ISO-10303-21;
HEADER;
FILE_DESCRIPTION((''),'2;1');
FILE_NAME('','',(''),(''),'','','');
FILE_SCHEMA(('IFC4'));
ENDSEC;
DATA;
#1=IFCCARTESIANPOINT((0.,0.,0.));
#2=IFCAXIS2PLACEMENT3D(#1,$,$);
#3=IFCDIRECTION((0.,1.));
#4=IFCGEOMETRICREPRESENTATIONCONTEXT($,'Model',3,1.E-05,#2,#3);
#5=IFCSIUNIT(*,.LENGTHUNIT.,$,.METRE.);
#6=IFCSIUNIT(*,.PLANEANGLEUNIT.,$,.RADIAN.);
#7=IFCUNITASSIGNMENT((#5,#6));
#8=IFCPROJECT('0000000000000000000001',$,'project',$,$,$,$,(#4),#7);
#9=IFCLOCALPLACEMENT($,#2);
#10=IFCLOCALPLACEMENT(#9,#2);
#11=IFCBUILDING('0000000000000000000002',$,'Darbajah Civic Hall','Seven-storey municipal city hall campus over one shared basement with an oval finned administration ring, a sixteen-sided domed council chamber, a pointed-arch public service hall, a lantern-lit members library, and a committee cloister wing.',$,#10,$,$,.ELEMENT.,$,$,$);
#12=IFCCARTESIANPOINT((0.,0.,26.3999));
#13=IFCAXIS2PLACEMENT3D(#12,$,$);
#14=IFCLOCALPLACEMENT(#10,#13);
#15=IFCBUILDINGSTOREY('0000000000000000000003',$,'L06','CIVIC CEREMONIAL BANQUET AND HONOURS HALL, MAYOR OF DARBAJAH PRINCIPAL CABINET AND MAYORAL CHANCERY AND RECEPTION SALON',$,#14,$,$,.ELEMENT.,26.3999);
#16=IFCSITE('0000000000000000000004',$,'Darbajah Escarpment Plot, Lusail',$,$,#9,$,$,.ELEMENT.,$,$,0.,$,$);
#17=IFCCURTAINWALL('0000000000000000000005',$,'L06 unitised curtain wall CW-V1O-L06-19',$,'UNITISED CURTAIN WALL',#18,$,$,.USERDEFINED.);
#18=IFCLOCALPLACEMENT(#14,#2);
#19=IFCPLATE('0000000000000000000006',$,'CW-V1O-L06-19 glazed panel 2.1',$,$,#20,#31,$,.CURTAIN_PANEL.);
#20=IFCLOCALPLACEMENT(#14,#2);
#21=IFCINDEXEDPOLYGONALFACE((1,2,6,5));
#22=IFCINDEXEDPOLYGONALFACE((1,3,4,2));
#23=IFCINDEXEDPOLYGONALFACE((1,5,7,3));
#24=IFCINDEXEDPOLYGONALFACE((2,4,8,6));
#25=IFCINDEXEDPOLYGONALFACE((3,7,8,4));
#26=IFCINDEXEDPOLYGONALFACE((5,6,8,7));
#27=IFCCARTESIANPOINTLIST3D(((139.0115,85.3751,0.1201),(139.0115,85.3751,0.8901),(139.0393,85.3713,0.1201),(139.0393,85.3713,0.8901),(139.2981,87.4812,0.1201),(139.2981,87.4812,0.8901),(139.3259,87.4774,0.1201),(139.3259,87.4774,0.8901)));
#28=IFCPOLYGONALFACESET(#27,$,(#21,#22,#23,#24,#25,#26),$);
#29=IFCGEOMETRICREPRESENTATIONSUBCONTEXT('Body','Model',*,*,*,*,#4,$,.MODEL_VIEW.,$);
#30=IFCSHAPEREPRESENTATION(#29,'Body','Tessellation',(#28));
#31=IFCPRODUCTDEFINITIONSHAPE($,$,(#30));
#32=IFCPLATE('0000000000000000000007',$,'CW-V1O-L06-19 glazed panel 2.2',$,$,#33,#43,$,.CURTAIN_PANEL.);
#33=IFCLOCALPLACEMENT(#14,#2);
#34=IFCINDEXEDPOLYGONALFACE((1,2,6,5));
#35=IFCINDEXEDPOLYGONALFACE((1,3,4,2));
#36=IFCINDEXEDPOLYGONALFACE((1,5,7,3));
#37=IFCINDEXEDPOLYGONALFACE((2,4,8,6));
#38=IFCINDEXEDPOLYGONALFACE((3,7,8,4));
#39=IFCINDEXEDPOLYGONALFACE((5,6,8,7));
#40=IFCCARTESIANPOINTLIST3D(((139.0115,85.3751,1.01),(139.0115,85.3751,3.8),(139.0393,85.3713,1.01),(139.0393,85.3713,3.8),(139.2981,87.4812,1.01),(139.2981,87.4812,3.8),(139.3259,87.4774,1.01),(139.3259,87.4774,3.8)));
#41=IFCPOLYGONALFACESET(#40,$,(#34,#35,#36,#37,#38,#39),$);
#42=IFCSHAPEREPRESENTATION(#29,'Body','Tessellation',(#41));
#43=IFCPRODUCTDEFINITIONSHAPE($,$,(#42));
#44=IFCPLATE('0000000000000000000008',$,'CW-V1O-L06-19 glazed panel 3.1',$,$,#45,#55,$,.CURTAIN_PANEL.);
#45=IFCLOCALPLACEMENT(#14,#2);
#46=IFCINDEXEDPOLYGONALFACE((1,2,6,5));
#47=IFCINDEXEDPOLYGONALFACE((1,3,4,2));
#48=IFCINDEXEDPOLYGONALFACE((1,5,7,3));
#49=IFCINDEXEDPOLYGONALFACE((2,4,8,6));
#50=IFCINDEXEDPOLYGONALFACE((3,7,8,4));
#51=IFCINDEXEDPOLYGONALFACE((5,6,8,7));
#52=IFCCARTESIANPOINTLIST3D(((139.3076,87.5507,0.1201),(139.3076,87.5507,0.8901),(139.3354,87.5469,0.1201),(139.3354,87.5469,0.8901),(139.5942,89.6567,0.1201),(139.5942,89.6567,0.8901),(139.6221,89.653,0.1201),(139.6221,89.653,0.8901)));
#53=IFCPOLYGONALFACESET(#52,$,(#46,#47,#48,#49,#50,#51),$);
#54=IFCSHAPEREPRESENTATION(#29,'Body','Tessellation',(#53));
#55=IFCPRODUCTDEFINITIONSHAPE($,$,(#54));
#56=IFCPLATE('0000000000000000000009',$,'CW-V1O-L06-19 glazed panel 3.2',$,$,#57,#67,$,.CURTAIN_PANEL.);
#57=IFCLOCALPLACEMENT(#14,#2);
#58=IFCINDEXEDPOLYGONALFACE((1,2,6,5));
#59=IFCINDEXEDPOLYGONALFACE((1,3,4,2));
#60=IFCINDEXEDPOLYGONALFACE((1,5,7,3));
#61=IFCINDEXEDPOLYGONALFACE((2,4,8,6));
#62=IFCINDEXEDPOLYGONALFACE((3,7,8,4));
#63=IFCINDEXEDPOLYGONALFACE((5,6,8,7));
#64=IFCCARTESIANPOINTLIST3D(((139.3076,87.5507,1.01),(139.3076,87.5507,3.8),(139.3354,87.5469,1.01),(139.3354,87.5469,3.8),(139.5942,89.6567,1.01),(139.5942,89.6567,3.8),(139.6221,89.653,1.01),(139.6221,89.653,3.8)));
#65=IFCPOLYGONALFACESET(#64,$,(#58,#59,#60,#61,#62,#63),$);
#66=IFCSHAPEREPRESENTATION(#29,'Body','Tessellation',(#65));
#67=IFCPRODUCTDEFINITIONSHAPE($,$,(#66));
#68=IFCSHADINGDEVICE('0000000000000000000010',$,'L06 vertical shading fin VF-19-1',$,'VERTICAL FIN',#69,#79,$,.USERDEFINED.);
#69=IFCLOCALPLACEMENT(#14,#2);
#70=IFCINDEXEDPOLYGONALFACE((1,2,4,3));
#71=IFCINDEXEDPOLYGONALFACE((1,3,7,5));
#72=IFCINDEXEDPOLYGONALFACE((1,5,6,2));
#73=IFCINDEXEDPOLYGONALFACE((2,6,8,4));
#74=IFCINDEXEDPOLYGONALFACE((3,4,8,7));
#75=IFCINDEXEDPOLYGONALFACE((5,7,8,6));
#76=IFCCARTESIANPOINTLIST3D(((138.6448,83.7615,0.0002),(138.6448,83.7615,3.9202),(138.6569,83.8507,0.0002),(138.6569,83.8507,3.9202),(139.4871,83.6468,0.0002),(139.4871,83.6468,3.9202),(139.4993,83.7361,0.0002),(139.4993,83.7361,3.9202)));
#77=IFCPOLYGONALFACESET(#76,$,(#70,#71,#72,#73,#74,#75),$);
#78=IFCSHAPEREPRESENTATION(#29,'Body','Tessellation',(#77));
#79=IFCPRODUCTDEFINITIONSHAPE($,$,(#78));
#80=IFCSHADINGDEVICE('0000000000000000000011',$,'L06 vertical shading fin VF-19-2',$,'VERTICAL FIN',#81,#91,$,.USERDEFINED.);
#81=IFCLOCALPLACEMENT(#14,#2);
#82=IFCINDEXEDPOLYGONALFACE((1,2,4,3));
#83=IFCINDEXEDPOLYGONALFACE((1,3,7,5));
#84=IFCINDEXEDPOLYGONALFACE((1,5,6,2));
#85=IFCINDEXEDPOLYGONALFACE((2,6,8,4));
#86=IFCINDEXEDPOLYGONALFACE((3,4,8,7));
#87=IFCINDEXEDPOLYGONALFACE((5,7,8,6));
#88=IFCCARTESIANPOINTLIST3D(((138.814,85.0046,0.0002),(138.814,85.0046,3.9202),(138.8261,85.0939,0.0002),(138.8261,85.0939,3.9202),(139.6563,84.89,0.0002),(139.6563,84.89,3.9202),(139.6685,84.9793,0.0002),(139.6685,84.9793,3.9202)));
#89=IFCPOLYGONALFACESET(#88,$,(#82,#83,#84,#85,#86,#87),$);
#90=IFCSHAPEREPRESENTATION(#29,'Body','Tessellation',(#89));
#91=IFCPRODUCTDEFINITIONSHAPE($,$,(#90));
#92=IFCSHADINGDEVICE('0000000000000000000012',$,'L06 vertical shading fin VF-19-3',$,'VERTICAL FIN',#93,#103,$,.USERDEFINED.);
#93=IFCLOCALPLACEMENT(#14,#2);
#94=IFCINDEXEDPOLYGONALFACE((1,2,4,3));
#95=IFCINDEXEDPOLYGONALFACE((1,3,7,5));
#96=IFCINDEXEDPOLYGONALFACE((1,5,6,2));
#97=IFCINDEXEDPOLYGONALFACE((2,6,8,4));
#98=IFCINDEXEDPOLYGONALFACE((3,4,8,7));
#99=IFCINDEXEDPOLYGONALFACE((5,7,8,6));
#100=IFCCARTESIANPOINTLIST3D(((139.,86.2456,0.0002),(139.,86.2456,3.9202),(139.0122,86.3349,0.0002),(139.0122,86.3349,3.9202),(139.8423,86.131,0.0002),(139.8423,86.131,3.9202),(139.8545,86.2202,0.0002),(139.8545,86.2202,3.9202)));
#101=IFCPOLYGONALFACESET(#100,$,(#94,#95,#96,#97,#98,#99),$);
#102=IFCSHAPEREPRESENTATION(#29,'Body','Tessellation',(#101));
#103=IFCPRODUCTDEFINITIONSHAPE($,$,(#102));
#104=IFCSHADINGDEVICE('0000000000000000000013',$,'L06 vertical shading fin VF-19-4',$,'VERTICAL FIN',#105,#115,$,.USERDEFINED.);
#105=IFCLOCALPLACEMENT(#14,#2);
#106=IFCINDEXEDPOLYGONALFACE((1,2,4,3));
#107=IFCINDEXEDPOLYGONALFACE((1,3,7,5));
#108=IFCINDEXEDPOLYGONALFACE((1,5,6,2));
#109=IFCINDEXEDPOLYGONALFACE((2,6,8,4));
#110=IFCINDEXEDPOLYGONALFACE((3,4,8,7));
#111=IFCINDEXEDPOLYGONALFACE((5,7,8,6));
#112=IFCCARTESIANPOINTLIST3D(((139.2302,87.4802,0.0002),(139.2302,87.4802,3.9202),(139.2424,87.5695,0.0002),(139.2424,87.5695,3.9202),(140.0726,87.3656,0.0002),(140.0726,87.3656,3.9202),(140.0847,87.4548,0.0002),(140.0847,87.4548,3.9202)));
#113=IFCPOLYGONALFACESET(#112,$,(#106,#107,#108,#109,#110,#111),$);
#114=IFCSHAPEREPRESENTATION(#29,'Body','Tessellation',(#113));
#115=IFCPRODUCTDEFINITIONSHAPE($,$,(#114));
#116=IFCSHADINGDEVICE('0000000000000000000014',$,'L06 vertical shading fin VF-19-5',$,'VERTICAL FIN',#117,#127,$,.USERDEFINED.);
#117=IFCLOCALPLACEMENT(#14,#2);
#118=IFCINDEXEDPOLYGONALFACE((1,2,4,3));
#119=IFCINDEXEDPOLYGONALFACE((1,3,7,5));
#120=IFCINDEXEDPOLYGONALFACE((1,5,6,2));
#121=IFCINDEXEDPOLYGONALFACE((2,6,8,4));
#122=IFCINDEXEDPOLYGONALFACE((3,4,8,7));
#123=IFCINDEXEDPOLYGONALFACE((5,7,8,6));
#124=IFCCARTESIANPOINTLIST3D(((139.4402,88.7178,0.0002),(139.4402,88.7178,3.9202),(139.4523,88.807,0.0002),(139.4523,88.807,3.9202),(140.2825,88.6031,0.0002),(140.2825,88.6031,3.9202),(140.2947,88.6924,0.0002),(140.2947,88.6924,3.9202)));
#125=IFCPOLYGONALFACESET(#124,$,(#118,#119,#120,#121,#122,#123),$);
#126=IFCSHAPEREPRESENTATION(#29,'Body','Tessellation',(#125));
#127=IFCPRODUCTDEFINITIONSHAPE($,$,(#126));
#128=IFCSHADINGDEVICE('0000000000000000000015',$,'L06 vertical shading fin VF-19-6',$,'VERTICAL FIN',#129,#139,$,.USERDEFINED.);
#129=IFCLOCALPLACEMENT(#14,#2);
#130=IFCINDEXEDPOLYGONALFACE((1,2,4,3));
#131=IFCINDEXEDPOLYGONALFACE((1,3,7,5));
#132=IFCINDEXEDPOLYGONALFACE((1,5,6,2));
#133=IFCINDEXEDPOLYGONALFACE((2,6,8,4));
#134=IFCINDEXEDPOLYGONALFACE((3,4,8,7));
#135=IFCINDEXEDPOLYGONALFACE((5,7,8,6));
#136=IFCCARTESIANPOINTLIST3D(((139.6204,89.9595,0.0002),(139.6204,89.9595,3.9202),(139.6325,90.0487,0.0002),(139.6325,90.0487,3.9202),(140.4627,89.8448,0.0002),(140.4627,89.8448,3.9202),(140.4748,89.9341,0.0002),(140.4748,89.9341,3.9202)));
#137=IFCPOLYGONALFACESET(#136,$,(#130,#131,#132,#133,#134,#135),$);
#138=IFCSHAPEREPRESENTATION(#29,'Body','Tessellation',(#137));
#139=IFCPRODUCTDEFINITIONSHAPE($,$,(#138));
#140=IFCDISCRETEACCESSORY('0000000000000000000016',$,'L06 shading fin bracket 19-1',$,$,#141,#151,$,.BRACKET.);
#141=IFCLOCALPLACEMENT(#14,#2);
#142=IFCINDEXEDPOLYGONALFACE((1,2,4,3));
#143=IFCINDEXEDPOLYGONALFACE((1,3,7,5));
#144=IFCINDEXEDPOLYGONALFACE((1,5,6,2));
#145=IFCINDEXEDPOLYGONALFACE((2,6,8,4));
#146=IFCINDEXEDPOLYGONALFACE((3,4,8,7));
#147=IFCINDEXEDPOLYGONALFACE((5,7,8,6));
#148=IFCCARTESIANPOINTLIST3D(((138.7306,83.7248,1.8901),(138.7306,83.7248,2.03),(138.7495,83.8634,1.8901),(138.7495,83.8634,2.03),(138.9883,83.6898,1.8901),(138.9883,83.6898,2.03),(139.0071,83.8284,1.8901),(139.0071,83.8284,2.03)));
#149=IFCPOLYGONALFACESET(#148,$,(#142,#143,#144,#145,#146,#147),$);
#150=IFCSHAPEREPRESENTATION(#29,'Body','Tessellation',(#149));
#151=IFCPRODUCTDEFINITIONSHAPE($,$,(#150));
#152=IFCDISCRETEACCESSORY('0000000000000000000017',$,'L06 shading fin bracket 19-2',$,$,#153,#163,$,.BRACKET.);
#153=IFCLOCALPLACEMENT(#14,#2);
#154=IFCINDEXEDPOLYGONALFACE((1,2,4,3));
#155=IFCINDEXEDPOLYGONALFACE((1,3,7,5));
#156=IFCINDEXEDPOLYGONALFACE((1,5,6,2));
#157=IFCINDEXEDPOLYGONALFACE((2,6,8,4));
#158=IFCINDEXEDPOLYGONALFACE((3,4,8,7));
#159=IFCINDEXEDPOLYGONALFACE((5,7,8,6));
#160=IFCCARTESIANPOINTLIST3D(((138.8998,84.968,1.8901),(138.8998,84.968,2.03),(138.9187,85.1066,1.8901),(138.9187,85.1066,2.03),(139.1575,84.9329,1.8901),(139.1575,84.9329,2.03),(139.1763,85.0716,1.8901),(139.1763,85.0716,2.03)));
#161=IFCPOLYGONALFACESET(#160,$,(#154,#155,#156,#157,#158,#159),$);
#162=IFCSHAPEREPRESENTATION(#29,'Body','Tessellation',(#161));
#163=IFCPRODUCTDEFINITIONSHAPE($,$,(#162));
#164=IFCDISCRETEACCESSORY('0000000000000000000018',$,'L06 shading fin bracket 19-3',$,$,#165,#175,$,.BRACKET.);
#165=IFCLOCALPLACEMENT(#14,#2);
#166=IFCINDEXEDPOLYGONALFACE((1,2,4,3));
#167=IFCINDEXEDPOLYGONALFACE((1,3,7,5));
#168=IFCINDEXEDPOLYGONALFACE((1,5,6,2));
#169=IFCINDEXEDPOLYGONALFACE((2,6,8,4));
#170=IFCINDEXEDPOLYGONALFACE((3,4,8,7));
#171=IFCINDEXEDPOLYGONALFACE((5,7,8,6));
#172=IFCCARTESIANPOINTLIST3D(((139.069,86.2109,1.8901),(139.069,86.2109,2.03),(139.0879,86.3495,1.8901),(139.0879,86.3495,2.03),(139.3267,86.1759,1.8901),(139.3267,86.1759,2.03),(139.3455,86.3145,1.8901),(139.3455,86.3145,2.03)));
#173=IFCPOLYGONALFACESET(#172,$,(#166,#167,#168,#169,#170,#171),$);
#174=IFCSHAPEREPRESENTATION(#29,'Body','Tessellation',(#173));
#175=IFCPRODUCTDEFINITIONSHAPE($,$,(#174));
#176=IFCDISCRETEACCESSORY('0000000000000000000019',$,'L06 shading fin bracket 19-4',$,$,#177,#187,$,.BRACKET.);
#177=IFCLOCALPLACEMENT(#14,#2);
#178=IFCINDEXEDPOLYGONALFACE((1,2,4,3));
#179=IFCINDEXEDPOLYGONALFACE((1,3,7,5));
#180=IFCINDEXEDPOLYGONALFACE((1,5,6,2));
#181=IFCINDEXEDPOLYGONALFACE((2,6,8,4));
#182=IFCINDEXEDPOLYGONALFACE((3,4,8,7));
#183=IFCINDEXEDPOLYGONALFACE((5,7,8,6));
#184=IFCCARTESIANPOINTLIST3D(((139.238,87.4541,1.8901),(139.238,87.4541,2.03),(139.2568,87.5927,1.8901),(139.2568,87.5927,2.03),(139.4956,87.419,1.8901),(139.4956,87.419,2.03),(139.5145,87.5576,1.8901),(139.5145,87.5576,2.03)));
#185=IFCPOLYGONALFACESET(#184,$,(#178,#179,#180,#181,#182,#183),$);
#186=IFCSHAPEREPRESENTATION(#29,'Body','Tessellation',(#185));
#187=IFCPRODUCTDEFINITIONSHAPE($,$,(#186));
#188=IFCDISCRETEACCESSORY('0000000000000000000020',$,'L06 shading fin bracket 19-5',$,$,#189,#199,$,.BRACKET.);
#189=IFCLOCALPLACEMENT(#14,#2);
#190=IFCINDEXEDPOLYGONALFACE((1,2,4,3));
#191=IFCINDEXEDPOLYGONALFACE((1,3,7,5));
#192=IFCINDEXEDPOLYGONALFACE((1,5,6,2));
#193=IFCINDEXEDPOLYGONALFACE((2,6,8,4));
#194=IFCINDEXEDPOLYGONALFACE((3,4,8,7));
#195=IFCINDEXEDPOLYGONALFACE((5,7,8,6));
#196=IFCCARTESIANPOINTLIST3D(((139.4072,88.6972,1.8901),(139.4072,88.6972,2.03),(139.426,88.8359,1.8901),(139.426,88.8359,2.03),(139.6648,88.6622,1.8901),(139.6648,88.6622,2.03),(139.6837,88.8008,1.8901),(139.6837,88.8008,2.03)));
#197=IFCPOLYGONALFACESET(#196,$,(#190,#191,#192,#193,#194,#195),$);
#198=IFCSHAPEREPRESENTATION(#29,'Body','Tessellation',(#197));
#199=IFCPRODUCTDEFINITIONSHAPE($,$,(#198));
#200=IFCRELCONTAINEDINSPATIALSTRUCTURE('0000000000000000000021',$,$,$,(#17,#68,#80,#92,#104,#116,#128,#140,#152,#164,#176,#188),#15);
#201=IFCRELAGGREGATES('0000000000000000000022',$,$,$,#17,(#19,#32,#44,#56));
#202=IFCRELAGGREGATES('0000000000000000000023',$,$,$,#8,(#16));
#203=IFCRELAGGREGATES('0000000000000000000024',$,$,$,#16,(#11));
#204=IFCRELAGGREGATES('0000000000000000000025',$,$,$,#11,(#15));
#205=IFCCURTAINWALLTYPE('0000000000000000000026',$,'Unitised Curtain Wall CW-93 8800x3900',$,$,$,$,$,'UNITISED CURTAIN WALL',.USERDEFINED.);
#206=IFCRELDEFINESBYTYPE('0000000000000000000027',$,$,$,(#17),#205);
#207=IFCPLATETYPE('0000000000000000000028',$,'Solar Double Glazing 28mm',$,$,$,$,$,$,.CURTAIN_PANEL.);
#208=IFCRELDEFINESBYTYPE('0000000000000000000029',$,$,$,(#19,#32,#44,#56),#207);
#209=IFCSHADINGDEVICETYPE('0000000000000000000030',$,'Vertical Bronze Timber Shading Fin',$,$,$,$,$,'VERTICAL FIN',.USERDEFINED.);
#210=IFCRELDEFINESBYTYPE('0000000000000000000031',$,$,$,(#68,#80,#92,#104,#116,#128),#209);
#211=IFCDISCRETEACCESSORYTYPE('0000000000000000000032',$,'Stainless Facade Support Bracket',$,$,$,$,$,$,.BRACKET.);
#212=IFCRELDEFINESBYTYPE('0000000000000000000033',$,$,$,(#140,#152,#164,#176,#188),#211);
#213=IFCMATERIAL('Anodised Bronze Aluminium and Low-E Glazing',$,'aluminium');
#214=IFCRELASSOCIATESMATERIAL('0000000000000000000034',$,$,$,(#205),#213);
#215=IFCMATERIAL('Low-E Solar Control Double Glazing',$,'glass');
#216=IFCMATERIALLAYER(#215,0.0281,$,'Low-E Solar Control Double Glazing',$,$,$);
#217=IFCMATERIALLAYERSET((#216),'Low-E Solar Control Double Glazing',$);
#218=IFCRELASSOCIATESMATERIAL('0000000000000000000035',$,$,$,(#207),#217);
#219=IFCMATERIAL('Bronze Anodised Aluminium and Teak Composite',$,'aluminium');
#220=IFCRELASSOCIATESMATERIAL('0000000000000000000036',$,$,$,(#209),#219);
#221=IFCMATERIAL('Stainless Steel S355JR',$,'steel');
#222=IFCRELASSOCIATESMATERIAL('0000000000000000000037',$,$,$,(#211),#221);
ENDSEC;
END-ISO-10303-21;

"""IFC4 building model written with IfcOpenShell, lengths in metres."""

from ifc_helpers import new_model, si_unit, direction, frame, origin, origin_2d, place, context, subcontext, project, spatial, rectangle, extrude, material, layer, layer_set, type_object, element, aggregate, save


model = new_model("IFC4")

# Units and contexts
model_context = context("Model", 3, precision=1e-05, world=origin(), true_north=direction((0.0, 1.0)))
body_context = subcontext(model_context, "Body", "Model", "MODEL_VIEW")
ifc_project = project(units=[si_unit("LENGTHUNIT", "METRE"), si_unit("PLANEANGLEUNIT", "RADIAN")], contexts=[model_context])

# Site, building, storey
site_placement = place(None, origin())
site = spatial("IfcSite", under=ifc_project, at=site_placement, Name="Darbajah Escarpment Plot, Lusail", CompositionType="ELEMENT", RefElevation=0.0)
building_placement = place(site_placement, origin())
building = spatial("IfcBuilding", under=site, at=building_placement, Name="Darbajah Civic Hall", Description="Seven-storey municipal city hall campus over one shared basement with an oval finned administration ring, a sixteen-sided domed council chamber, a pointed-arch public service hall, a lantern-lit members library, and a committee cloister wing.", CompositionType="ELEMENT")
storey_placement = place(building_placement, frame((0.0, 0.0, 26.3999)))
storey = spatial("IfcBuildingStorey", under=building, at=storey_placement, Name="L06", Description="CIVIC CEREMONIAL BANQUET AND HONOURS HALL, MAYOR OF DARBAJAH PRINCIPAL CABINET AND MAYORAL CHANCERY AND RECEPTION SALON", CompositionType="ELEMENT", Elevation=26.3999)

# Curtain wall
ifc_material_1 = material(Name="Anodised Bronze Aluminium and Low-E Glazing", Category="aluminium")
curtain_wall_type_1 = type_object("IfcCurtainWallType", Name="Unitised Curtain Wall CW-93 8800x3900", ElementType="UNITISED CURTAIN WALL", PredefinedType="USERDEFINED", material=ifc_material_1)
curtain_wall_1_placement = place(storey_placement, origin())
curtain_wall_1 = element("IfcCurtainWall", 1, at=curtain_wall_1_placement, inside=storey, type_object=curtain_wall_type_1, Name="L06 unitised curtain wall CW-V1O-L06-19", ObjectType="UNITISED CURTAIN WALL", PredefinedType="USERDEFINED")

# Plates
ifc_material_2 = material(Name="Low-E Solar Control Double Glazing", Category="glass")
ifc_layer = layer(ifc_material_2, 0.0281, Name="Low-E Solar Control Double Glazing")
ifc_layer_set = layer_set([ifc_layer], Name="Low-E Solar Control Double Glazing")
plate_type = type_object("IfcPlateType", Name="Solar Double Glazing 28mm", PredefinedType="CURTAIN_PANEL", material=ifc_layer_set)
plate_1_placement = place(storey_placement, frame((139.1687, 86.4263, 0.1201), z_axis=(0.0, 0.0, 1.0), x_axis=(0.134851, 0.990866, 0.0)))
plate_1 = element("IfcPlate", 2, at=plate_1_placement, type_object=plate_type, Name="CW-V1O-L06-19 glazed panel 2.1", PredefinedType="CURTAIN_PANEL", context=body_context, shape_type="SweptSolid", body=[
    extrude(rectangle(XDim=2.1255, YDim=0.0281, at=origin_2d()), origin(), (0.0, 0.0, 1.0), 0.77),
])
plate_2_placement = place(storey_placement, frame((139.1687, 86.4263, 1.01), z_axis=(0.0, 0.0, 1.0), x_axis=(0.134851, 0.990866, 0.0)))
plate_2 = element("IfcPlate", 3, at=plate_2_placement, type_object=plate_type, Name="CW-V1O-L06-19 glazed panel 2.2", PredefinedType="CURTAIN_PANEL", context=body_context, shape_type="SweptSolid", body=[
    extrude(rectangle(XDim=2.1255, YDim=0.0281, at=origin_2d()), origin(), (0.0, 0.0, 1.0), 2.79),
])
plate_3_placement = place(storey_placement, frame((139.4648, 88.6018, 0.1201), z_axis=(0.0, 0.0, 1.0), x_axis=(0.134851, 0.990866, 0.0)))
plate_3 = element("IfcPlate", 4, at=plate_3_placement, type_object=plate_type, Name="CW-V1O-L06-19 glazed panel 3.1", PredefinedType="CURTAIN_PANEL", context=body_context, shape_type="SweptSolid", body=[
    extrude(rectangle(XDim=2.1255, YDim=0.0281, at=origin_2d()), origin(), (0.0, 0.0, 1.0), 0.77),
])
plate_4_placement = place(storey_placement, frame((139.4648, 88.6018, 1.01), z_axis=(0.0, 0.0, 1.0), x_axis=(0.134851, 0.990866, 0.0)))
plate_4 = element("IfcPlate", 5, at=plate_4_placement, type_object=plate_type, Name="CW-V1O-L06-19 glazed panel 3.2", PredefinedType="CURTAIN_PANEL", context=body_context, shape_type="SweptSolid", body=[
    extrude(rectangle(XDim=2.1255, YDim=0.0281, at=origin_2d()), origin(), (0.0, 0.0, 1.0), 2.79),
])
aggregate(curtain_wall_1, [plate_1, plate_2, plate_3, plate_4])

# Shading devices
ifc_material_3 = material(Name="Bronze Anodised Aluminium and Teak Composite", Category="aluminium")
shading_device_type = type_object("IfcShadingDeviceType", Name="Vertical Bronze Timber Shading Fin", ElementType="VERTICAL FIN", PredefinedType="USERDEFINED", material=ifc_material_3)
for number, where, z_axis, x_axis, name in (
    (6, (139.072, 83.7488, 0.0002), (0.0, 0.0, 1.0), (0.990866, -0.134851, 0.0), "L06 vertical shading fin VF-19-1"),
    (7, (139.2412, 84.9919, 0.0002), (0.0, 0.0, 1.0), (0.990866, -0.134851, 0.0), "L06 vertical shading fin VF-19-2"),
    (8, (139.4272, 86.2329, 0.0002), (0.0, 0.0, 1.0), (0.990866, -0.134851, 0.0), "L06 vertical shading fin VF-19-3"),
    (9, (139.6575, 87.4675, 0.0002), (0.0, 0.0, 1.0), (0.990866, -0.134851, 0.0), "L06 vertical shading fin VF-19-4"),
    (10, (139.8674, 88.7051, 0.0002), (0.0, 0.0, 1.0), (0.990866, -0.134851, 0.0), "L06 vertical shading fin VF-19-5"),
    (11, (140.0476, 89.9468, 0.0002), (0.0, 0.0, 1.0), (0.990866, -0.134851, 0.0), "L06 vertical shading fin VF-19-6"),
):
    element("IfcShadingDevice", number, at=place(storey_placement, frame(where, z_axis=z_axis, x_axis=x_axis)), inside=storey, type_object=shading_device_type, Name=name, ObjectType="VERTICAL FIN", PredefinedType="USERDEFINED", context=body_context, shape_type="SweptSolid", body=[
        extrude(rectangle(XDim=0.8501, YDim=0.0901, at=origin_2d()), origin(), (0.0, 0.0, 1.0), 3.9199),
    ])

# Discrete accessories
ifc_material_4 = material(Name="Stainless Steel S355JR", Category="steel")
discrete_accessory_type = type_object("IfcDiscreteAccessoryType", Name="Stainless Facade Support Bracket", PredefinedType="BRACKET", material=ifc_material_4)
for number, where, z_axis, x_axis, name in (
    (12, (138.8689, 83.7766, 1.8901), (0.0, 0.0, 1.0), (0.990866, -0.134851, 0.0), "L06 shading fin bracket 19-1"),
    (13, (139.0381, 85.0198, 1.8901), (0.0, 0.0, 1.0), (0.990866, -0.134851, 0.0), "L06 shading fin bracket 19-2"),
    (14, (139.2073, 86.2627, 1.8901), (0.0, 0.0, 1.0), (0.990866, -0.134851, 0.0), "L06 shading fin bracket 19-3"),
    (15, (139.3762, 87.5059, 1.8901), (0.0, 0.0, 1.0), (0.990866, -0.134851, 0.0), "L06 shading fin bracket 19-4"),
    (16, (139.5454, 88.749, 1.8901), (0.0, 0.0, 1.0), (0.990866, -0.134851, 0.0), "L06 shading fin bracket 19-5"),
):
    element("IfcDiscreteAccessory", number, at=place(storey_placement, frame(where, z_axis=z_axis, x_axis=x_axis)), inside=storey, type_object=discrete_accessory_type, Name=name, PredefinedType="BRACKET", context=body_context, shape_type="SweptSolid", body=[
        extrude(rectangle(XDim=0.26, YDim=0.1399, at=origin_2d()), origin(), (0.0, 0.0, 1.0), 0.1399),
    ])

save(model, "model.ifc")
